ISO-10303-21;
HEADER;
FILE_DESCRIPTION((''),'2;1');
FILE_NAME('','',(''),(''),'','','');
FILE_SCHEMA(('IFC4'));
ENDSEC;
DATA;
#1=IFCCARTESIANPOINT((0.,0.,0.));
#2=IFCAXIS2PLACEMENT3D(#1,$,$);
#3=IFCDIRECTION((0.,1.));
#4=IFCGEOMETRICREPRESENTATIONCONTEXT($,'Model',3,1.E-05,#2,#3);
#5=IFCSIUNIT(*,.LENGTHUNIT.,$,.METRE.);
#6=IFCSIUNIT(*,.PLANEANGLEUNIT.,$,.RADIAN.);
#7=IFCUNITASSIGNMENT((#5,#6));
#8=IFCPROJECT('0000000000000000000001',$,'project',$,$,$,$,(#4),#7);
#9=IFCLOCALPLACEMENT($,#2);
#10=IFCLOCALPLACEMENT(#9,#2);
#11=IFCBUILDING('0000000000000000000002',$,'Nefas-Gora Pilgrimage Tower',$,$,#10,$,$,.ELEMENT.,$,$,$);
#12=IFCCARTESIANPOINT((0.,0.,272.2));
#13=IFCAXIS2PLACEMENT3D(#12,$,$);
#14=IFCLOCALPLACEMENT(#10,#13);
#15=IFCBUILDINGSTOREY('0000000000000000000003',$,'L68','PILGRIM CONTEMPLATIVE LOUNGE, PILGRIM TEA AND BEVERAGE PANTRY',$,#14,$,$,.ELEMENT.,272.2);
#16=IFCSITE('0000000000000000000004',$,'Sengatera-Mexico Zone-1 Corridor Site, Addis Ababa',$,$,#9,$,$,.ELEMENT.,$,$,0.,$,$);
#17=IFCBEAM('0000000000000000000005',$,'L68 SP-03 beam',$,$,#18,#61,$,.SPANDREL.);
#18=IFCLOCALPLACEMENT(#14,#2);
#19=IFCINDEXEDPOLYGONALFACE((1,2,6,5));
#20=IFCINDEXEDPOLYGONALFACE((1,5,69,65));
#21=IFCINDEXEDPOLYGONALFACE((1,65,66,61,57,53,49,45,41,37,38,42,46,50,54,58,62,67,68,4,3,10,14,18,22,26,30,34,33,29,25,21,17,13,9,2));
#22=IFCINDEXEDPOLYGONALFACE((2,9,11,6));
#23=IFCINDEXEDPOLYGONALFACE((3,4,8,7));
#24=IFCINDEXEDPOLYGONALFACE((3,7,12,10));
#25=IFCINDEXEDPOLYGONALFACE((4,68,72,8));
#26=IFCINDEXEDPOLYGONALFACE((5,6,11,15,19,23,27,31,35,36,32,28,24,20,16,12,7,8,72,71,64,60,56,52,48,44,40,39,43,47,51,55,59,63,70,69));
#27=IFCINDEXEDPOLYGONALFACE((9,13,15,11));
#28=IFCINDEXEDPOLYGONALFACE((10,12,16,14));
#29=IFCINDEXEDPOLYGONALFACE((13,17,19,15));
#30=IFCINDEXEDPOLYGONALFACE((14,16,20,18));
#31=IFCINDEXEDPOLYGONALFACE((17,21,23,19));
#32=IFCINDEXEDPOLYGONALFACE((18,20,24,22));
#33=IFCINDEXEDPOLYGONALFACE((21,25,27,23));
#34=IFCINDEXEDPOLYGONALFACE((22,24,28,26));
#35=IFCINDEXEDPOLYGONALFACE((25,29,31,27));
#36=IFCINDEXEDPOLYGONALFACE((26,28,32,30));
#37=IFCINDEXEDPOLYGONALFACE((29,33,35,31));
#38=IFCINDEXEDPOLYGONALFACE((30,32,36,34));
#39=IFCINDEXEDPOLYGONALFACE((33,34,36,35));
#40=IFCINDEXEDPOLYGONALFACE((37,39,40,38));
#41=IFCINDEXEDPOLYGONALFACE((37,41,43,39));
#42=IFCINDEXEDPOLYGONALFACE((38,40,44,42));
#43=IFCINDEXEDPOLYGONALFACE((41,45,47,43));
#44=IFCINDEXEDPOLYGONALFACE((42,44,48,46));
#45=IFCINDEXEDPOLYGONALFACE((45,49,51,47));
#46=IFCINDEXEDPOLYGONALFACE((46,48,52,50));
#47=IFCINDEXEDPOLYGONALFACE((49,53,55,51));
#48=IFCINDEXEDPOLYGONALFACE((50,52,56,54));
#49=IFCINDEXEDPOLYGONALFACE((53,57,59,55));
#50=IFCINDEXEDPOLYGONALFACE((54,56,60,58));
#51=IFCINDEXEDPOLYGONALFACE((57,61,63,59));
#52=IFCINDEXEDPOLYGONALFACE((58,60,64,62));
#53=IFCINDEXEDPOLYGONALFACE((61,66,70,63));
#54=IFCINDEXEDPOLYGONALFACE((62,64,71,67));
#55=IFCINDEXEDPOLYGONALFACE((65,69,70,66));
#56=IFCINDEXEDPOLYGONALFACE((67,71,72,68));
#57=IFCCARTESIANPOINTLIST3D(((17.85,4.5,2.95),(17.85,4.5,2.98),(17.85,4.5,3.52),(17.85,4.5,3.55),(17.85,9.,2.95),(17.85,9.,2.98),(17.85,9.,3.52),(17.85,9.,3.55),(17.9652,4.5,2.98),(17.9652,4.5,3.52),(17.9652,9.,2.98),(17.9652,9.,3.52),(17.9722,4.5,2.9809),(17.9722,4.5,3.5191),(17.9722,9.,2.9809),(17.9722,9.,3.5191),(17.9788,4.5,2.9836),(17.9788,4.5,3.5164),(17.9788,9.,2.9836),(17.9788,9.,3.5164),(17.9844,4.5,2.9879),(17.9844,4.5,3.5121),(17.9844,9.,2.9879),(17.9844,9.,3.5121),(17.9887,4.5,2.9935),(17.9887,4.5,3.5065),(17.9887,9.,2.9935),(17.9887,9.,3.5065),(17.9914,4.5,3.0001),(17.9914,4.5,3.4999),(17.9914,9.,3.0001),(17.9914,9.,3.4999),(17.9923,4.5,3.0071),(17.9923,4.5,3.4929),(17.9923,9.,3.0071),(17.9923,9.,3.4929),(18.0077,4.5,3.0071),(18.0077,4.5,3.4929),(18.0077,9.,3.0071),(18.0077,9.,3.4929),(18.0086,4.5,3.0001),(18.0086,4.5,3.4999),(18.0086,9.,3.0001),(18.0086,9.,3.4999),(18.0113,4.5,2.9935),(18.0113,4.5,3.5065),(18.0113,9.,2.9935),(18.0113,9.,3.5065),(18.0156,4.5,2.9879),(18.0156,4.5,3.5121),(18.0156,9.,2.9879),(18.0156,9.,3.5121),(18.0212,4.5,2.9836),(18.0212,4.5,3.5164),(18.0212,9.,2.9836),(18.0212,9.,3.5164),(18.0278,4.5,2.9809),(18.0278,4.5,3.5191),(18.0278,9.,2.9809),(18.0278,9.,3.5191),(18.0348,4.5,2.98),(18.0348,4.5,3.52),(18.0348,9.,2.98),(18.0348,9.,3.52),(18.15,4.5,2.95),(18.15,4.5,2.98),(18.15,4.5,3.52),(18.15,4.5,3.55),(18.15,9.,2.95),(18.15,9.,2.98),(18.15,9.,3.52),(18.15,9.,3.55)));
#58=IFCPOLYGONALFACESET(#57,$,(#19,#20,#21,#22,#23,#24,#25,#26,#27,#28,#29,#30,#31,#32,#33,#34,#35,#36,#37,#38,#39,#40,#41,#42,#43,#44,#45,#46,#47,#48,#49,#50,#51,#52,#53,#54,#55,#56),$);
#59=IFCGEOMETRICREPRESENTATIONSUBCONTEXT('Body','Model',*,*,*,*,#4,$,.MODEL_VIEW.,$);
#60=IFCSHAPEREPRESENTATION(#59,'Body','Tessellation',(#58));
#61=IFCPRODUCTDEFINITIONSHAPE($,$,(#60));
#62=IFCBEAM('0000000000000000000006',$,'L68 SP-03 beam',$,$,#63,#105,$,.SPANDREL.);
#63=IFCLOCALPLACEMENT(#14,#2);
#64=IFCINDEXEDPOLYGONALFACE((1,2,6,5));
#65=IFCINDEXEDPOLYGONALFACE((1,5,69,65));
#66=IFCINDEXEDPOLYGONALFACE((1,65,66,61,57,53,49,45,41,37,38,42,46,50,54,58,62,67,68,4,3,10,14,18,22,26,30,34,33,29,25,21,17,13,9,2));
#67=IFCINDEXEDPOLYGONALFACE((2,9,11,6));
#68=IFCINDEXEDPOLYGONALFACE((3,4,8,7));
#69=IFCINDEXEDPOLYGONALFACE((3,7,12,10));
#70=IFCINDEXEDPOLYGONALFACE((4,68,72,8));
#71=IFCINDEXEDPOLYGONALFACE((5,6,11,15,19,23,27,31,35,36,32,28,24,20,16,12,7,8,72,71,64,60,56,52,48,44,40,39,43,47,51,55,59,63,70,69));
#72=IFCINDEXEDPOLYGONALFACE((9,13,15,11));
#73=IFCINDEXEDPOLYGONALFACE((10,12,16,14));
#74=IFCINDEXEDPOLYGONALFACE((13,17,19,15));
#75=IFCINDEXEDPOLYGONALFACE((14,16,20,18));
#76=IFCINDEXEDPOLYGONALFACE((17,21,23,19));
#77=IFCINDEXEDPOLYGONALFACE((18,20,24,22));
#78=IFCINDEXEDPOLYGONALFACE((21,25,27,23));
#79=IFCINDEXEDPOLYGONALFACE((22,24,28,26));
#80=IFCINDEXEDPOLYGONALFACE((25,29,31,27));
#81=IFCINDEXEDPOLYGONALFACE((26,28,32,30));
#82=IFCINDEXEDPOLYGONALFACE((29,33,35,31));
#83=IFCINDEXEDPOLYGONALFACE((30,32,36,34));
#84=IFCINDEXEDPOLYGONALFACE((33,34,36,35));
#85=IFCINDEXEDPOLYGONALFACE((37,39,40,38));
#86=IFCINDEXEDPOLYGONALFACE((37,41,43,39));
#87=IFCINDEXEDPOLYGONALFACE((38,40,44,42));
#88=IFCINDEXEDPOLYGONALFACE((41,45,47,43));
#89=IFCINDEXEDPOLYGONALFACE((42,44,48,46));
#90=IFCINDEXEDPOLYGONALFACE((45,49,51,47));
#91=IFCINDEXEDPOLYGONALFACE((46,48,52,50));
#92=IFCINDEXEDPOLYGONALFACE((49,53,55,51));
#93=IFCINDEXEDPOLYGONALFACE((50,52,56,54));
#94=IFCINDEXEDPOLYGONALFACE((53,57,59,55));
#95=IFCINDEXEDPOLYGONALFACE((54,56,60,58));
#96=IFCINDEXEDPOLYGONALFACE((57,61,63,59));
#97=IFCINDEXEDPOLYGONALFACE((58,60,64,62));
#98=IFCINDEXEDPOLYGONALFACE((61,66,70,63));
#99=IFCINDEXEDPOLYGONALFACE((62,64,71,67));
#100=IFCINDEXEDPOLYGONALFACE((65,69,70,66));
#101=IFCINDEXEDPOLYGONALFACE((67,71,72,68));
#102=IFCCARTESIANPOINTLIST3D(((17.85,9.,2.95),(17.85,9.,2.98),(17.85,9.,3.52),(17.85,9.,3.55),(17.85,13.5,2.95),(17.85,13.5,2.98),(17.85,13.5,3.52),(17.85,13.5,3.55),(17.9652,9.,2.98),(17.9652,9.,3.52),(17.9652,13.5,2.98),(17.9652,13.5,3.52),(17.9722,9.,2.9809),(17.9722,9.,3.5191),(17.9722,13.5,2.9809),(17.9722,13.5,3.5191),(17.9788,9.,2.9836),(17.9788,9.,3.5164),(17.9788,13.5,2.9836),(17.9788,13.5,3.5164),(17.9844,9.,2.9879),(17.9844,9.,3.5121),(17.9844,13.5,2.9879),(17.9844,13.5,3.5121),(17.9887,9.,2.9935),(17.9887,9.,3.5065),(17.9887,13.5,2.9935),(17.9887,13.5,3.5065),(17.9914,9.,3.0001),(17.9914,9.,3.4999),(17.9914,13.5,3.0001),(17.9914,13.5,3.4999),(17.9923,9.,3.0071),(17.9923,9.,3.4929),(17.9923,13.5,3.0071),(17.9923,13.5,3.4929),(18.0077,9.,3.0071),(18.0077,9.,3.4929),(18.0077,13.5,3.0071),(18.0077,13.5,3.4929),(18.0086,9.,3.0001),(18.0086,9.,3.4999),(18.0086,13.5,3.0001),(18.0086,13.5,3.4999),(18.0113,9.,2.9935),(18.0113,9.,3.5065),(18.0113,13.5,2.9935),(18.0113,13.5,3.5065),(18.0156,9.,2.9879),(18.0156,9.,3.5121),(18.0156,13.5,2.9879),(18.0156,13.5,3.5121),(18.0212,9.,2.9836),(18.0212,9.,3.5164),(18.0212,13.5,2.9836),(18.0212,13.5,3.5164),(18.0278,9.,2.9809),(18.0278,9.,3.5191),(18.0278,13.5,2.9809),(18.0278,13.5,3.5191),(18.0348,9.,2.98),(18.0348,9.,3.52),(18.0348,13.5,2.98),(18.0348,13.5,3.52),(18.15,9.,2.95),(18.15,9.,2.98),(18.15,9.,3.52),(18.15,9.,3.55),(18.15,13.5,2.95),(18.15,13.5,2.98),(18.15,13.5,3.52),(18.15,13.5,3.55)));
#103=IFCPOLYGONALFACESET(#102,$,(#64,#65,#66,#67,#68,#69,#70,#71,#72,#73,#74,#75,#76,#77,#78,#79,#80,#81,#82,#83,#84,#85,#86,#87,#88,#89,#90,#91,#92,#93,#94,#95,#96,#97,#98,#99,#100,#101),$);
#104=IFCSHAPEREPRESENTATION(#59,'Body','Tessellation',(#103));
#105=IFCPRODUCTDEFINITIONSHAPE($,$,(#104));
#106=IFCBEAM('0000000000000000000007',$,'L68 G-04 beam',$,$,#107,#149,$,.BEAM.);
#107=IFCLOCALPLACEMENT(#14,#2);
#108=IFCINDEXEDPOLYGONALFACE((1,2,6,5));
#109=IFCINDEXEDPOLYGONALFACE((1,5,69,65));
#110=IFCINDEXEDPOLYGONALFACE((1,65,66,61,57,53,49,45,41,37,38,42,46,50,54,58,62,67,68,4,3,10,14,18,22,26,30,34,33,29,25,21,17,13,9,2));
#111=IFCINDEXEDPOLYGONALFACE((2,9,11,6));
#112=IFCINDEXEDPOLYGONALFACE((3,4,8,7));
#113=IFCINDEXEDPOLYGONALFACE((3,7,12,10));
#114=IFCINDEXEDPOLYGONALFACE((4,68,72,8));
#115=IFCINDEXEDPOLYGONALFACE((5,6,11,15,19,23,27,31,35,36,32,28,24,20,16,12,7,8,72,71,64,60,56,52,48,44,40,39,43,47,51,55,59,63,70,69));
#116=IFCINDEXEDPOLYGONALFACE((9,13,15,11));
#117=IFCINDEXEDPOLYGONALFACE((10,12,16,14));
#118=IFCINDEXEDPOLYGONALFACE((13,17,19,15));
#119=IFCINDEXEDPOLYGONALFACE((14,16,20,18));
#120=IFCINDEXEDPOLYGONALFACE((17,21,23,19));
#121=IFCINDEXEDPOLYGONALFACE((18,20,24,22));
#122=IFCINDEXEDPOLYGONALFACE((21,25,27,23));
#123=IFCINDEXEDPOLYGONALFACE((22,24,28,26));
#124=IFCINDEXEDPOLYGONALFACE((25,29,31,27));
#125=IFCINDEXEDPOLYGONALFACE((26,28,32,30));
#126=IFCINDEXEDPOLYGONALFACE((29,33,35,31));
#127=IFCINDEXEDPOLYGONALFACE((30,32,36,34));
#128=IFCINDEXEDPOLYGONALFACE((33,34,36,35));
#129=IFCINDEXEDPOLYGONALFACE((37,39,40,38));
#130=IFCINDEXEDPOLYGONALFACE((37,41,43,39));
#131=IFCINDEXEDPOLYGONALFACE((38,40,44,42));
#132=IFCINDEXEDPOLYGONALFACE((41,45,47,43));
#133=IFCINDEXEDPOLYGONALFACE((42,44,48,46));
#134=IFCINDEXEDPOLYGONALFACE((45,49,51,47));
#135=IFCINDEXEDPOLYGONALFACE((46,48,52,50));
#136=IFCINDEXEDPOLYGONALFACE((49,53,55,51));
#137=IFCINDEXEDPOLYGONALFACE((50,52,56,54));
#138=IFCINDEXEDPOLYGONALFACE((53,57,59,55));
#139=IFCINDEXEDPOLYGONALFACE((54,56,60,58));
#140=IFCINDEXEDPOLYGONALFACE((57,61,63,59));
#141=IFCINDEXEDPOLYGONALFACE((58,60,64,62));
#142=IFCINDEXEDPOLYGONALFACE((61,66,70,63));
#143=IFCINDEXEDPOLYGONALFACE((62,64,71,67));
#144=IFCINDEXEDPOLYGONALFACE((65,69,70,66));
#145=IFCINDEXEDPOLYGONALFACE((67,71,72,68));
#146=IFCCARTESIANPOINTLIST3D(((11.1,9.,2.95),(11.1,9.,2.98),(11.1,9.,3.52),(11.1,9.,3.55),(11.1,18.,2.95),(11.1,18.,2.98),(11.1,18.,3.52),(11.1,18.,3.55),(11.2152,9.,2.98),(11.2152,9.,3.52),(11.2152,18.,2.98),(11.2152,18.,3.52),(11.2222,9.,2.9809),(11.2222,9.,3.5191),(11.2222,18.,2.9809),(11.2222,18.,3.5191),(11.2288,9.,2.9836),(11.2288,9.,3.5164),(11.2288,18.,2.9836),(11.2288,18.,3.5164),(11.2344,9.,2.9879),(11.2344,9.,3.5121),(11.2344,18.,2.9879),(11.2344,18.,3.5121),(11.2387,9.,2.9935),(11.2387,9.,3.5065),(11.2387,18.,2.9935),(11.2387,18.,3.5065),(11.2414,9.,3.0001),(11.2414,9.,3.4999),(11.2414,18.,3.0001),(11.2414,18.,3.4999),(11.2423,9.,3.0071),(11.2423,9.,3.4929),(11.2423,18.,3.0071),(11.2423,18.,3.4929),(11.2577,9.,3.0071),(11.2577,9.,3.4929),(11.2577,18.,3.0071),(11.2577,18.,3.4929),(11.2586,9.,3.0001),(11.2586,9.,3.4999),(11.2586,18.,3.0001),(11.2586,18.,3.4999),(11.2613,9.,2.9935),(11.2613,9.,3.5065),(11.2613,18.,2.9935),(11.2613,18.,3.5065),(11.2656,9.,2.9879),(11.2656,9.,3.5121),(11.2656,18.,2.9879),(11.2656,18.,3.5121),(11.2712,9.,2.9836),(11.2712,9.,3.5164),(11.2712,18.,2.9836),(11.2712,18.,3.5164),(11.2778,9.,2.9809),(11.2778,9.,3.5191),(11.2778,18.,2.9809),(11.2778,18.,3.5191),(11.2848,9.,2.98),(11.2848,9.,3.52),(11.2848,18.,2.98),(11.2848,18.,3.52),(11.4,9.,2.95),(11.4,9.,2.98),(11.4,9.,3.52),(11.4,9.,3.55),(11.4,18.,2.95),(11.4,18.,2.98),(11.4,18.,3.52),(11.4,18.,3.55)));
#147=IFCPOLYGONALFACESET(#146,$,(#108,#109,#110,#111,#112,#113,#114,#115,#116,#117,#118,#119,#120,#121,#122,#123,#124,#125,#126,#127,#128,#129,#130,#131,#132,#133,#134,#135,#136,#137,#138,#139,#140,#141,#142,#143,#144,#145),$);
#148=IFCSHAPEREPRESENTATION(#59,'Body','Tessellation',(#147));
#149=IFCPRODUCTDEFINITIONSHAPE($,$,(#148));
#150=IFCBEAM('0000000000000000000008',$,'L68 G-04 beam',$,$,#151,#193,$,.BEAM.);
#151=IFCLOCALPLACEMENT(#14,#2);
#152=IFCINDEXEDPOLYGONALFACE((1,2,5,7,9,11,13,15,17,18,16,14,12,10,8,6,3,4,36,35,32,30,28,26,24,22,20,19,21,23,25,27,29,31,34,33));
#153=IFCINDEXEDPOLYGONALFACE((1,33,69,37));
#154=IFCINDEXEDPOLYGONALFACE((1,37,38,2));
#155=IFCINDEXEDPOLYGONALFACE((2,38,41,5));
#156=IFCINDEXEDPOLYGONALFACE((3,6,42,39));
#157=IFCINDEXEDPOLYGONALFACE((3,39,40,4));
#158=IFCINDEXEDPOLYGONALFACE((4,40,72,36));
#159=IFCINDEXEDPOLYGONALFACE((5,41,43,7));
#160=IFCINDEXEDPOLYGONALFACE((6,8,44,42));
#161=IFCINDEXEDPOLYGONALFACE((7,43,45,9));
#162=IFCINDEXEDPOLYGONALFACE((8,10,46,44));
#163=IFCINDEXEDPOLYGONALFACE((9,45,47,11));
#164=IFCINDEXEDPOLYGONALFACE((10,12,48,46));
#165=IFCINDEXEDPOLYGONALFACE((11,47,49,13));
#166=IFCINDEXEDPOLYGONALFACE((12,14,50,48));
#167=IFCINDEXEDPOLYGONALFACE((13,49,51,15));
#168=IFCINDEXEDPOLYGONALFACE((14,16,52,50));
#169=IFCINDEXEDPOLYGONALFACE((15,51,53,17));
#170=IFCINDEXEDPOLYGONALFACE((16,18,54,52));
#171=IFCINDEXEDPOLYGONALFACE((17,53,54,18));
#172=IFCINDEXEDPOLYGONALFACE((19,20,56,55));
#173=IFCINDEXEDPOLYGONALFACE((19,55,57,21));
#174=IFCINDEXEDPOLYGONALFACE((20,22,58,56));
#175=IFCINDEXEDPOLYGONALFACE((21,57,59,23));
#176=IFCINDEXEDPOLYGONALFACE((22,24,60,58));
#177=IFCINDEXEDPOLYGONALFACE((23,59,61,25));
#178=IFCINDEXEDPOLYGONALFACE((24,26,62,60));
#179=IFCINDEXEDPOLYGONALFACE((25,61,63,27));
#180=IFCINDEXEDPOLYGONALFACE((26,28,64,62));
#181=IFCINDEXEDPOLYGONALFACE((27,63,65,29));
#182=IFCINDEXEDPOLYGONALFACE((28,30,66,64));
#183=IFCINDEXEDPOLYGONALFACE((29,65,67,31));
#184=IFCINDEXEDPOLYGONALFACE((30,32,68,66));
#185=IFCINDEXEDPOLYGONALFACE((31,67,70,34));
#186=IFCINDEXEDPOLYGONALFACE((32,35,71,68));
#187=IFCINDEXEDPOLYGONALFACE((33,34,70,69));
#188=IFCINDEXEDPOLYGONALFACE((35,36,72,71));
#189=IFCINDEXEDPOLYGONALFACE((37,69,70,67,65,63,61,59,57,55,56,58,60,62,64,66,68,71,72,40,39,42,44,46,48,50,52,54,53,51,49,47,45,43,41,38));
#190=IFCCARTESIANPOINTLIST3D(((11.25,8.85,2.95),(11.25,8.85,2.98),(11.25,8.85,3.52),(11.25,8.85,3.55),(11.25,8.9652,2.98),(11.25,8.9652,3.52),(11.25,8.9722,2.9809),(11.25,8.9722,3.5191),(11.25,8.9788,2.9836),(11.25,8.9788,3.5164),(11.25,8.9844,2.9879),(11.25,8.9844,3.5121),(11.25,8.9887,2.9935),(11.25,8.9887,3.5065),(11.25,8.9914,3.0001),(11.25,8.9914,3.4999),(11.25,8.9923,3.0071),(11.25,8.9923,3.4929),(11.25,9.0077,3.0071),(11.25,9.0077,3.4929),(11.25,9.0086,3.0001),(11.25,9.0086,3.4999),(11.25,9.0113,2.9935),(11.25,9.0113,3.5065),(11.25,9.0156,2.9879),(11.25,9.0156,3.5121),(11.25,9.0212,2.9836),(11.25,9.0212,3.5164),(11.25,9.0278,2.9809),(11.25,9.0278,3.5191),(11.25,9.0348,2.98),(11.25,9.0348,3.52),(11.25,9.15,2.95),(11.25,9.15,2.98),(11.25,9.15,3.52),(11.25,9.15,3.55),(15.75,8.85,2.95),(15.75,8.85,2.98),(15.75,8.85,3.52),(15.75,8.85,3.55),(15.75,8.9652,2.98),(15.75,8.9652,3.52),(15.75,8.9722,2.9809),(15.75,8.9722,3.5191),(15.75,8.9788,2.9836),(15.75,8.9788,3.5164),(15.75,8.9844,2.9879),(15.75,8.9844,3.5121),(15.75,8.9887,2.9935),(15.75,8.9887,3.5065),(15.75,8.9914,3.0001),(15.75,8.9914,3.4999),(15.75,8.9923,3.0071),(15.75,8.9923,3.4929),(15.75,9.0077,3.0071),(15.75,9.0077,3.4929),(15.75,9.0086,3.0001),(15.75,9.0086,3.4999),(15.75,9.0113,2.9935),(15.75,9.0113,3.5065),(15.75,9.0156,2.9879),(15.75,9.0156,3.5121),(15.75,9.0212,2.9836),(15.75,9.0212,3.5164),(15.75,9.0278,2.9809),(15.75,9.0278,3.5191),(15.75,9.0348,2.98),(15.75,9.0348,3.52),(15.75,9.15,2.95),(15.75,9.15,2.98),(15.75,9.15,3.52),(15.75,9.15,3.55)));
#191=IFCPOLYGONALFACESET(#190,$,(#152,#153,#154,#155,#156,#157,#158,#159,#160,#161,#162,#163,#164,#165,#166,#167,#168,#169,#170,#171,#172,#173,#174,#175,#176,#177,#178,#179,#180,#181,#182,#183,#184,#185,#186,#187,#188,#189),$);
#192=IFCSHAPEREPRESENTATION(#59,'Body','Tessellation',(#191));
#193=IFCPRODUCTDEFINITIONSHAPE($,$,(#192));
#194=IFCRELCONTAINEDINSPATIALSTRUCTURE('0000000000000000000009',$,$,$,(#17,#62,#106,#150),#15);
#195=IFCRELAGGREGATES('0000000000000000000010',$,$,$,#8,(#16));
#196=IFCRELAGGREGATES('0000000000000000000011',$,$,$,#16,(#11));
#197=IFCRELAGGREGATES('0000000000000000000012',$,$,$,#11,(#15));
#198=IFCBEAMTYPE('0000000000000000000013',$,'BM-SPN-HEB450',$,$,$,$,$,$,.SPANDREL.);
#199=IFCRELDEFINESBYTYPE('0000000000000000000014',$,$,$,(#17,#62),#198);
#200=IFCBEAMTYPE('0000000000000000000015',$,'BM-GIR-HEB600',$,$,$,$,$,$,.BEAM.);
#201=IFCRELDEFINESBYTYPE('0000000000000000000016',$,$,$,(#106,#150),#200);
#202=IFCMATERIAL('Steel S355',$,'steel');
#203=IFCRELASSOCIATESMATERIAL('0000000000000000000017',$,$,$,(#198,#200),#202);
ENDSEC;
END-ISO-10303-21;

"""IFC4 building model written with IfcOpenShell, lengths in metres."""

from ifc_helpers import new_model, si_unit, direction, frame, origin, origin_2d, place, context, subcontext, project, spatial, i_section, extrude, source, transform, mapped, material, material_profile, profile_set, type_object, element, save


model = new_model("IFC4")

# Units and contexts
model_context = context("Model", 3, precision=1e-05, world=origin(), true_north=direction((0.0, 1.0)))
body_context = subcontext(model_context, "Body", "Model", "MODEL_VIEW")
ifc_project = project(units=[si_unit("LENGTHUNIT", "METRE"), si_unit("PLANEANGLEUNIT", "RADIAN")], contexts=[model_context])

# Site, building, storey
site_placement = place(None, origin())
site = spatial("IfcSite", under=ifc_project, at=site_placement, Name="Sengatera-Mexico Zone-1 Corridor Site, Addis Ababa", CompositionType="ELEMENT", RefElevation=0.0)
building_placement = place(site_placement, origin())
building = spatial("IfcBuilding", under=site, at=building_placement, Name="Nefas-Gora Pilgrimage Tower", CompositionType="ELEMENT")
storey_placement = place(building_placement, frame((0.0, 0.0, 272.2)))
storey = spatial("IfcBuildingStorey", under=building, at=storey_placement, Name="L68", Description="PILGRIM CONTEMPLATIVE LOUNGE, PILGRIM TEA AND BEVERAGE PANTRY", CompositionType="ELEMENT", Elevation=272.2)

# Shared definitions
ifc_material_1 = material(Name="Steel S355", Category="steel")

# Beams
ifc_material_profile_1 = material_profile(ifc_material_1, i_section(OverallWidth=0.3, OverallDepth=0.6001, WebThickness=0.0154, FlangeThickness=0.03, FilletRadius=0.0271, at=origin_2d()), Name="HEB 600")
ifc_profile_set_1 = profile_set([ifc_material_profile_1], Name="Steel S355")
beam_type_1 = type_object("IfcBeamType", Name="BM-SPN-HEB450", PredefinedType="SPANDREL", material=ifc_profile_set_1)
shared_shape_1 = source(origin(), body_context, "Body", "SweptSolid", [
    extrude(i_section(OverallWidth=0.3, OverallDepth=0.6001, WebThickness=0.0154, FlangeThickness=0.03, FilletRadius=0.0271, at=origin_2d()), origin(), (0.0, 0.0, 1.0), 4.5),
])
for number, where, z_axis, x_axis, name in (
    (1, (18.0, 4.5, 3.25), (0.0, 1.0, 0.0), (-1.0, 0.0, 0.0), "L68 SP-03 beam"),
    (2, (18.0, 9.0, 3.25), (0.0, 1.0, 0.0), (-1.0, 0.0, 0.0), "L68 SP-03 beam"),
):
    element("IfcBeam", number, at=place(storey_placement, frame(where, z_axis=z_axis, x_axis=x_axis)), inside=storey, type_object=beam_type_1, Name=name, PredefinedType="SPANDREL", context=body_context, shape_type="MappedRepresentation", body=[
        mapped(shared_shape_1, transform((0.0, 0.0, 0.0), x_axis=(1.0, 0.0, 0.0), y_axis=(0.0, 1.0, 0.0), z_axis=(0.0, 0.0, 1.0), scale=1.0)),
    ])
ifc_material_profile_2 = material_profile(ifc_material_1, i_section(OverallWidth=0.3, OverallDepth=0.6001, WebThickness=0.0154, FlangeThickness=0.03, FilletRadius=0.0271, at=origin_2d()), Name="HEB 600")
ifc_profile_set_2 = profile_set([ifc_material_profile_2], Name="Steel S355")
beam_type_2 = type_object("IfcBeamType", Name="BM-GIR-HEB600", PredefinedType="BEAM", material=ifc_profile_set_2)
shared_shape_2 = source(origin(), body_context, "Body", "SweptSolid", [
    extrude(i_section(OverallWidth=0.3, OverallDepth=0.6001, WebThickness=0.0154, FlangeThickness=0.03, FilletRadius=0.0271, at=origin_2d()), origin(), (0.0, 0.0, 1.0), 9.0),
])
beam_placement = place(storey_placement, frame((11.25, 9.0, 3.25), z_axis=(0.0, 1.0, 0.0), x_axis=(-1.0, 0.0, 0.0)))
element("IfcBeam", 3, at=beam_placement, inside=storey, type_object=beam_type_2, Name="L68 G-04 beam", PredefinedType="BEAM", context=body_context, shape_type="MappedRepresentation", body=[
    mapped(shared_shape_2, transform((0.0, 0.0, 0.0), x_axis=(1.0, 0.0, 0.0), y_axis=(0.0, 1.0, 0.0), z_axis=(0.0, 0.0, 1.0), scale=1.0)),
])
shared_shape_3 = source(origin(), body_context, "Body", "SweptSolid", [
    extrude(i_section(OverallWidth=0.3, OverallDepth=0.6001, WebThickness=0.0154, FlangeThickness=0.03, FilletRadius=0.0271, at=origin_2d()), origin(), (0.0, 0.0, 1.0), 4.5),
])
for number, where, z_axis, x_axis, name in (
    (4, (11.25, 9.0, 3.25), (1.0, 0.0, 0.0), (0.0, 1.0, 0.0), "L68 G-04 beam"),
):
    element("IfcBeam", number, at=place(storey_placement, frame(where, z_axis=z_axis, x_axis=x_axis)), inside=storey, type_object=beam_type_2, Name=name, PredefinedType="BEAM", context=body_context, shape_type="MappedRepresentation", body=[
        mapped(shared_shape_3, transform((0.0, 0.0, 0.0), x_axis=(1.0, 0.0, 0.0), y_axis=(0.0, 1.0, 0.0), z_axis=(0.0, 0.0, 1.0), scale=1.0)),
    ])

save(model, "model.ifc")
